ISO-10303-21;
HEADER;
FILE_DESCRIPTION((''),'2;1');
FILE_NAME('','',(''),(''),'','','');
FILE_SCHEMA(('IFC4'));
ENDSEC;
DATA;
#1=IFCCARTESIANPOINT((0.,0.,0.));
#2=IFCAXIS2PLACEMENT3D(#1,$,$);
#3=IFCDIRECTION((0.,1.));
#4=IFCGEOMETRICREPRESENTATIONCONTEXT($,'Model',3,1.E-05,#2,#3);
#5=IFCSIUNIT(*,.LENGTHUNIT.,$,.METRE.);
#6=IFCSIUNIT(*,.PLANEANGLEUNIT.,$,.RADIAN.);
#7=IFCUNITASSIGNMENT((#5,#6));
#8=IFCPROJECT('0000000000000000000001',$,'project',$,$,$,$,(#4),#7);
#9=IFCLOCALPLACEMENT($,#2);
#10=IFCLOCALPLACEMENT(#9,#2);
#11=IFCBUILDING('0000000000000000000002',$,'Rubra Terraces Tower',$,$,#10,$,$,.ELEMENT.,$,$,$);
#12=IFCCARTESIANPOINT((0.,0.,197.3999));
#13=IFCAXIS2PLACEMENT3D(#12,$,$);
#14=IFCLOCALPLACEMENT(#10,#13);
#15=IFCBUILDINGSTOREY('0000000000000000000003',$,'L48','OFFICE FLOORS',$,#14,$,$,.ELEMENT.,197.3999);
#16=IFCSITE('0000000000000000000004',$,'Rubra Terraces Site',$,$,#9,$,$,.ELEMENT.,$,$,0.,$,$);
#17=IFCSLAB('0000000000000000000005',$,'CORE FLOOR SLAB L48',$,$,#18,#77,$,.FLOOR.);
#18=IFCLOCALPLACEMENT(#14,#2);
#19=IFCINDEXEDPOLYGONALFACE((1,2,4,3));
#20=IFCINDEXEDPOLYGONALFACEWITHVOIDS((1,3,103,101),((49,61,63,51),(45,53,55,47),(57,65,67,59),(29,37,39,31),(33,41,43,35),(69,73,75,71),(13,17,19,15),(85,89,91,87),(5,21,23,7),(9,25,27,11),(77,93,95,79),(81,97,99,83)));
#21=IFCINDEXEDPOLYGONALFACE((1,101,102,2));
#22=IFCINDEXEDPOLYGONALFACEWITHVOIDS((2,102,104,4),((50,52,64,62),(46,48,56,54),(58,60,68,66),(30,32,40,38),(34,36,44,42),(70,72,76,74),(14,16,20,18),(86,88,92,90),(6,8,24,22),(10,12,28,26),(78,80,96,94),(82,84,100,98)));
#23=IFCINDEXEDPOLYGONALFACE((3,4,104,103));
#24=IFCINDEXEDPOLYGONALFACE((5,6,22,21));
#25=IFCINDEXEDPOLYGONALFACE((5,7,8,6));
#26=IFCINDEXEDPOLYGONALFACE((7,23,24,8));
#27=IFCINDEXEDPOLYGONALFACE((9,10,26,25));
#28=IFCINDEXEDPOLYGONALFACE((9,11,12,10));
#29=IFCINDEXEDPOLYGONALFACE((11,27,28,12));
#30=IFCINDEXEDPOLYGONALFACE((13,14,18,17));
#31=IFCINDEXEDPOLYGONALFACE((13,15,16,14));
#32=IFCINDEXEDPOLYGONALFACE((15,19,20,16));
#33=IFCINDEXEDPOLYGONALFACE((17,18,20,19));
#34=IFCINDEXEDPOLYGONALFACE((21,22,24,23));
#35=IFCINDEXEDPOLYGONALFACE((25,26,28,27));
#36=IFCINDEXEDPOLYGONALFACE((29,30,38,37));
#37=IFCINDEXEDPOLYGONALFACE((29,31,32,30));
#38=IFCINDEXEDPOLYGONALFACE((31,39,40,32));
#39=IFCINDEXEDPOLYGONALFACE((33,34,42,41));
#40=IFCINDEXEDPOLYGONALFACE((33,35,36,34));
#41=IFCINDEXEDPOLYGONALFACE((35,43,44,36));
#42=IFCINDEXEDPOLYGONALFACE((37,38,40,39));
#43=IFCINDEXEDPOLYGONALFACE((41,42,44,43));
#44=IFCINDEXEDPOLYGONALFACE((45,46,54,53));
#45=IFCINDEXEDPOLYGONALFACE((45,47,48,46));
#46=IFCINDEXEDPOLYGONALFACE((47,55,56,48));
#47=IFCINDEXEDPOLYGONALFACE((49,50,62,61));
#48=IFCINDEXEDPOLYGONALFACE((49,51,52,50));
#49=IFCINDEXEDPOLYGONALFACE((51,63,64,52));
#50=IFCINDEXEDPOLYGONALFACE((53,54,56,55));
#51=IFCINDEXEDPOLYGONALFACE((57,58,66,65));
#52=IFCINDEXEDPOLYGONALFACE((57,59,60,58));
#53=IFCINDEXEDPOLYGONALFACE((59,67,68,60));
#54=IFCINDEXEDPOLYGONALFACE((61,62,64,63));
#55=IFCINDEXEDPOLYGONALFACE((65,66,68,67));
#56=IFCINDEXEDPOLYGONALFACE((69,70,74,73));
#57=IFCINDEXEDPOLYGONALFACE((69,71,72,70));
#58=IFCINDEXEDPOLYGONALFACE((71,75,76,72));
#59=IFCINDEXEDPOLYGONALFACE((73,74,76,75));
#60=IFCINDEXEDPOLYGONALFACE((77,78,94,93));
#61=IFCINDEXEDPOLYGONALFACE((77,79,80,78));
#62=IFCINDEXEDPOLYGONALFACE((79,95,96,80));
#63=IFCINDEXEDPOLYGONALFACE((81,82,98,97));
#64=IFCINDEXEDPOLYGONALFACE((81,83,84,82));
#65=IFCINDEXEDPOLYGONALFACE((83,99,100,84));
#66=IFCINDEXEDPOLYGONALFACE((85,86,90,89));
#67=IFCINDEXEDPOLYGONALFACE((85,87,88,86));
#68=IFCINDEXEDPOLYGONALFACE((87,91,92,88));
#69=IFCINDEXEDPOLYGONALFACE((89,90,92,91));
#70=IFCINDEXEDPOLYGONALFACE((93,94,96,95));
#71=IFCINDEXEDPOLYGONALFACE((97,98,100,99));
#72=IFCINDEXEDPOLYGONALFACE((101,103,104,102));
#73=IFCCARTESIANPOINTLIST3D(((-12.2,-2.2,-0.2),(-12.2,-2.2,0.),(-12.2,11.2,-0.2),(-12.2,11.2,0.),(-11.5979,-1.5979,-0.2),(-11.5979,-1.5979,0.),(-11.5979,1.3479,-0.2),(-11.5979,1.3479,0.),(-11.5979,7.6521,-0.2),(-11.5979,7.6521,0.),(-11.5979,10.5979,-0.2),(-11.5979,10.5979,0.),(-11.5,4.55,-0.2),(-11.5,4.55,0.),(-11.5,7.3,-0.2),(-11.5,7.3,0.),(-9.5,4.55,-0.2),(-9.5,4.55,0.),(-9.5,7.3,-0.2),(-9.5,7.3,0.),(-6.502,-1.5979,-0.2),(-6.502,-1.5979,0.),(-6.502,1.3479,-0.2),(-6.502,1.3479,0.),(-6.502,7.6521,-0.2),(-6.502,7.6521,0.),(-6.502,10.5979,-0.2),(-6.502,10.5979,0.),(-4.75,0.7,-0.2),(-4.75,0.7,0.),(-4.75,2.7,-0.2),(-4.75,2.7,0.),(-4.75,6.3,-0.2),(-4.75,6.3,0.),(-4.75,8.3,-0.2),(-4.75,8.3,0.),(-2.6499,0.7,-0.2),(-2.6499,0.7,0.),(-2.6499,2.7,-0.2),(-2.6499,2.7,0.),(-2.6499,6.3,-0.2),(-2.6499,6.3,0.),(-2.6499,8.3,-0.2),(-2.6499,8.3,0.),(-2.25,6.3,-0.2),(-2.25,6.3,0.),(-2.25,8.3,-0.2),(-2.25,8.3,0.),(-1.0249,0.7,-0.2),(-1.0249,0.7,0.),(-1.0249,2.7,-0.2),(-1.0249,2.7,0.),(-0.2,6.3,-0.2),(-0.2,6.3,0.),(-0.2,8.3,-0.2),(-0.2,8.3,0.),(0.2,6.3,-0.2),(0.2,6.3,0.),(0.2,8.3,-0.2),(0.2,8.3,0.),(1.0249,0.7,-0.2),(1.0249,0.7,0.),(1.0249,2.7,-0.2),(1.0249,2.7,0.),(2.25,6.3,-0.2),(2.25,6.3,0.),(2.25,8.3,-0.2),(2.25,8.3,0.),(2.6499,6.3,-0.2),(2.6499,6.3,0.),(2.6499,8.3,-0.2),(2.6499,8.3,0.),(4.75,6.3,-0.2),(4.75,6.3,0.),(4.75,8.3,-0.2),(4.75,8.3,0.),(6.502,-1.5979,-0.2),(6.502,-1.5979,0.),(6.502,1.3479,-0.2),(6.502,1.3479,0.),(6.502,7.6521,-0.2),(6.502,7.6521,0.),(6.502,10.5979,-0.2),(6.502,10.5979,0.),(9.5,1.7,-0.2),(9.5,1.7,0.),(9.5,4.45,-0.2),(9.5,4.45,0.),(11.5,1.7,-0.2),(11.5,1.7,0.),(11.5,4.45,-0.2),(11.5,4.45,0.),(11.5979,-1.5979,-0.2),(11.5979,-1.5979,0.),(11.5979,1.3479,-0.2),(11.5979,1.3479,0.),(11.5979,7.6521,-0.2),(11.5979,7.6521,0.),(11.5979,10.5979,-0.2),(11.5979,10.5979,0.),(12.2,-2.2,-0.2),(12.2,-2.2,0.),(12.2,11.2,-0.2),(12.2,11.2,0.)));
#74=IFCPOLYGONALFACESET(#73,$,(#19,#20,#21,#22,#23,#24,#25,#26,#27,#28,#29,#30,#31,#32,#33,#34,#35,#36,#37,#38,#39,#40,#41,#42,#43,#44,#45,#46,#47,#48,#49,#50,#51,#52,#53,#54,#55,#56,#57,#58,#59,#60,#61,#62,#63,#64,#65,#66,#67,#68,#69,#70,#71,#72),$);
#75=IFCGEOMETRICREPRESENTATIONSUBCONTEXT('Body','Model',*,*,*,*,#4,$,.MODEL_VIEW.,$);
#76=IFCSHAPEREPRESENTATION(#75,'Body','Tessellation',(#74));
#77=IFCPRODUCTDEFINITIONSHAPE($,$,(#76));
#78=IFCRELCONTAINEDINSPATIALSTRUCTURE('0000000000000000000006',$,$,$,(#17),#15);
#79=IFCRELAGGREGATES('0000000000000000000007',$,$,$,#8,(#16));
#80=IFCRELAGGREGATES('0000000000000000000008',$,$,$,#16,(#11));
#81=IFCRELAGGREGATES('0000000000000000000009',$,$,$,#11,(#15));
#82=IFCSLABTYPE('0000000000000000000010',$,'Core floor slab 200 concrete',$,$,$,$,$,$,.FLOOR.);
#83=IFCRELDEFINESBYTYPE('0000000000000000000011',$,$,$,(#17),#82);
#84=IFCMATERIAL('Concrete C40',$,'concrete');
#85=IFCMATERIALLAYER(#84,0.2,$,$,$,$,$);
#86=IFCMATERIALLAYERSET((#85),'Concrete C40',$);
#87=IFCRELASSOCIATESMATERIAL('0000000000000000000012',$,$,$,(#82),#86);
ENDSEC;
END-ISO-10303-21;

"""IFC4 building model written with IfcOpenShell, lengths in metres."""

from ifc_helpers import new_model, si_unit, direction, frame, origin, place, context, subcontext, project, spatial, polyline, outline, extrude, material, layer, layer_set, type_object, element, save


model = new_model("IFC4")

# Units and contexts
model_context = context("Model", 3, precision=1e-05, world=origin(), true_north=direction((0.0, 1.0)))
body_context = subcontext(model_context, "Body", "Model", "MODEL_VIEW")
ifc_project = project(units=[si_unit("LENGTHUNIT", "METRE"), si_unit("PLANEANGLEUNIT", "RADIAN")], contexts=[model_context])

# Site, building, storey
site_placement = place(None, origin())
site = spatial("IfcSite", under=ifc_project, at=site_placement, Name="Rubra Terraces Site", CompositionType="ELEMENT", RefElevation=0.0)
building_placement = place(site_placement, origin())
building = spatial("IfcBuilding", under=site, at=building_placement, Name="Rubra Terraces Tower", CompositionType="ELEMENT")
storey_placement = place(building_placement, frame((0.0, 0.0, 197.3999)))
storey = spatial("IfcBuildingStorey", under=building, at=storey_placement, Name="L48", Description="OFFICE FLOORS", CompositionType="ELEMENT", Elevation=197.3999)

# Slab
ifc_material_1 = material(Name="Concrete C40", Category="concrete")
ifc_layer_1 = layer(ifc_material_1, 0.2)
ifc_layer_set_1 = layer_set([ifc_layer_1], Name="Concrete C40")
slab_type_1 = type_object("IfcSlabType", Name="Core floor slab 200 concrete", PredefinedType="FLOOR", material=ifc_layer_set_1)
slab_1_placement = place(storey_placement, frame((0.0, 0.0, -0.2)))
element("IfcSlab", 1, at=slab_1_placement, inside=storey, type_object=slab_type_1, Name="CORE FLOOR SLAB L48", PredefinedType="FLOOR", context=body_context, shape_type="SweptSolid", body=[
    extrude(outline(polyline([(-12.2, -2.2), (-12.2, 11.2), (12.2, 11.2), (12.2, -2.2), (-12.2, -2.2)]), holes=[polyline([(11.5979, 1.3479), (6.502, 1.3479), (6.502, -1.5979), (11.5979, -1.5979), (11.5979, 1.3479)]), polyline([(11.5979, 7.6521), (11.5979, 10.5979), (6.502, 10.5979), (6.502, 7.6521), (11.5979, 7.6521)]), polyline([(9.5, 1.7), (11.5, 1.7), (11.5, 4.45), (9.5, 4.45), (9.5, 1.7)]), polyline([(4.75, 6.3), (4.75, 8.3), (2.6499, 8.3), (2.6499, 6.3), (4.75, 6.3)]), polyline([(2.25, 8.3), (0.2, 8.3), (0.2, 6.3), (2.25, 6.3), (2.25, 8.3)]), polyline([(1.0249, 0.7), (1.0249, 2.7), (-1.0249, 2.7), (-1.0249, 0.7), (1.0249, 0.7)]), polyline([(-0.2, 6.3), (-0.2, 8.3), (-2.25, 8.3), (-2.25, 6.3), (-0.2, 6.3)]), polyline([(-4.75, 8.3), (-4.75, 6.3), (-2.6499, 6.3), (-2.6499, 8.3), (-4.75, 8.3)]), polyline([(-2.6499, 0.7), (-2.6499, 2.7), (-4.75, 2.7), (-4.75, 0.7), (-2.6499, 0.7)]), polyline([(-11.5979, -1.5979), (-6.502, -1.5979), (-6.502, 1.3479), (-11.5979, 1.3479), (-11.5979, -1.5979)]), polyline([(-11.5979, 10.5979), (-11.5979, 7.6521), (-6.502, 7.6521), (-6.502, 10.5979), (-11.5979, 10.5979)]), polyline([(-9.5, 4.55), (-9.5, 7.3), (-11.5, 7.3), (-11.5, 4.55), (-9.5, 4.55)])]), origin(), (0.0, 0.0, 1.0), 0.2),
])

save(model, "model.ifc")
